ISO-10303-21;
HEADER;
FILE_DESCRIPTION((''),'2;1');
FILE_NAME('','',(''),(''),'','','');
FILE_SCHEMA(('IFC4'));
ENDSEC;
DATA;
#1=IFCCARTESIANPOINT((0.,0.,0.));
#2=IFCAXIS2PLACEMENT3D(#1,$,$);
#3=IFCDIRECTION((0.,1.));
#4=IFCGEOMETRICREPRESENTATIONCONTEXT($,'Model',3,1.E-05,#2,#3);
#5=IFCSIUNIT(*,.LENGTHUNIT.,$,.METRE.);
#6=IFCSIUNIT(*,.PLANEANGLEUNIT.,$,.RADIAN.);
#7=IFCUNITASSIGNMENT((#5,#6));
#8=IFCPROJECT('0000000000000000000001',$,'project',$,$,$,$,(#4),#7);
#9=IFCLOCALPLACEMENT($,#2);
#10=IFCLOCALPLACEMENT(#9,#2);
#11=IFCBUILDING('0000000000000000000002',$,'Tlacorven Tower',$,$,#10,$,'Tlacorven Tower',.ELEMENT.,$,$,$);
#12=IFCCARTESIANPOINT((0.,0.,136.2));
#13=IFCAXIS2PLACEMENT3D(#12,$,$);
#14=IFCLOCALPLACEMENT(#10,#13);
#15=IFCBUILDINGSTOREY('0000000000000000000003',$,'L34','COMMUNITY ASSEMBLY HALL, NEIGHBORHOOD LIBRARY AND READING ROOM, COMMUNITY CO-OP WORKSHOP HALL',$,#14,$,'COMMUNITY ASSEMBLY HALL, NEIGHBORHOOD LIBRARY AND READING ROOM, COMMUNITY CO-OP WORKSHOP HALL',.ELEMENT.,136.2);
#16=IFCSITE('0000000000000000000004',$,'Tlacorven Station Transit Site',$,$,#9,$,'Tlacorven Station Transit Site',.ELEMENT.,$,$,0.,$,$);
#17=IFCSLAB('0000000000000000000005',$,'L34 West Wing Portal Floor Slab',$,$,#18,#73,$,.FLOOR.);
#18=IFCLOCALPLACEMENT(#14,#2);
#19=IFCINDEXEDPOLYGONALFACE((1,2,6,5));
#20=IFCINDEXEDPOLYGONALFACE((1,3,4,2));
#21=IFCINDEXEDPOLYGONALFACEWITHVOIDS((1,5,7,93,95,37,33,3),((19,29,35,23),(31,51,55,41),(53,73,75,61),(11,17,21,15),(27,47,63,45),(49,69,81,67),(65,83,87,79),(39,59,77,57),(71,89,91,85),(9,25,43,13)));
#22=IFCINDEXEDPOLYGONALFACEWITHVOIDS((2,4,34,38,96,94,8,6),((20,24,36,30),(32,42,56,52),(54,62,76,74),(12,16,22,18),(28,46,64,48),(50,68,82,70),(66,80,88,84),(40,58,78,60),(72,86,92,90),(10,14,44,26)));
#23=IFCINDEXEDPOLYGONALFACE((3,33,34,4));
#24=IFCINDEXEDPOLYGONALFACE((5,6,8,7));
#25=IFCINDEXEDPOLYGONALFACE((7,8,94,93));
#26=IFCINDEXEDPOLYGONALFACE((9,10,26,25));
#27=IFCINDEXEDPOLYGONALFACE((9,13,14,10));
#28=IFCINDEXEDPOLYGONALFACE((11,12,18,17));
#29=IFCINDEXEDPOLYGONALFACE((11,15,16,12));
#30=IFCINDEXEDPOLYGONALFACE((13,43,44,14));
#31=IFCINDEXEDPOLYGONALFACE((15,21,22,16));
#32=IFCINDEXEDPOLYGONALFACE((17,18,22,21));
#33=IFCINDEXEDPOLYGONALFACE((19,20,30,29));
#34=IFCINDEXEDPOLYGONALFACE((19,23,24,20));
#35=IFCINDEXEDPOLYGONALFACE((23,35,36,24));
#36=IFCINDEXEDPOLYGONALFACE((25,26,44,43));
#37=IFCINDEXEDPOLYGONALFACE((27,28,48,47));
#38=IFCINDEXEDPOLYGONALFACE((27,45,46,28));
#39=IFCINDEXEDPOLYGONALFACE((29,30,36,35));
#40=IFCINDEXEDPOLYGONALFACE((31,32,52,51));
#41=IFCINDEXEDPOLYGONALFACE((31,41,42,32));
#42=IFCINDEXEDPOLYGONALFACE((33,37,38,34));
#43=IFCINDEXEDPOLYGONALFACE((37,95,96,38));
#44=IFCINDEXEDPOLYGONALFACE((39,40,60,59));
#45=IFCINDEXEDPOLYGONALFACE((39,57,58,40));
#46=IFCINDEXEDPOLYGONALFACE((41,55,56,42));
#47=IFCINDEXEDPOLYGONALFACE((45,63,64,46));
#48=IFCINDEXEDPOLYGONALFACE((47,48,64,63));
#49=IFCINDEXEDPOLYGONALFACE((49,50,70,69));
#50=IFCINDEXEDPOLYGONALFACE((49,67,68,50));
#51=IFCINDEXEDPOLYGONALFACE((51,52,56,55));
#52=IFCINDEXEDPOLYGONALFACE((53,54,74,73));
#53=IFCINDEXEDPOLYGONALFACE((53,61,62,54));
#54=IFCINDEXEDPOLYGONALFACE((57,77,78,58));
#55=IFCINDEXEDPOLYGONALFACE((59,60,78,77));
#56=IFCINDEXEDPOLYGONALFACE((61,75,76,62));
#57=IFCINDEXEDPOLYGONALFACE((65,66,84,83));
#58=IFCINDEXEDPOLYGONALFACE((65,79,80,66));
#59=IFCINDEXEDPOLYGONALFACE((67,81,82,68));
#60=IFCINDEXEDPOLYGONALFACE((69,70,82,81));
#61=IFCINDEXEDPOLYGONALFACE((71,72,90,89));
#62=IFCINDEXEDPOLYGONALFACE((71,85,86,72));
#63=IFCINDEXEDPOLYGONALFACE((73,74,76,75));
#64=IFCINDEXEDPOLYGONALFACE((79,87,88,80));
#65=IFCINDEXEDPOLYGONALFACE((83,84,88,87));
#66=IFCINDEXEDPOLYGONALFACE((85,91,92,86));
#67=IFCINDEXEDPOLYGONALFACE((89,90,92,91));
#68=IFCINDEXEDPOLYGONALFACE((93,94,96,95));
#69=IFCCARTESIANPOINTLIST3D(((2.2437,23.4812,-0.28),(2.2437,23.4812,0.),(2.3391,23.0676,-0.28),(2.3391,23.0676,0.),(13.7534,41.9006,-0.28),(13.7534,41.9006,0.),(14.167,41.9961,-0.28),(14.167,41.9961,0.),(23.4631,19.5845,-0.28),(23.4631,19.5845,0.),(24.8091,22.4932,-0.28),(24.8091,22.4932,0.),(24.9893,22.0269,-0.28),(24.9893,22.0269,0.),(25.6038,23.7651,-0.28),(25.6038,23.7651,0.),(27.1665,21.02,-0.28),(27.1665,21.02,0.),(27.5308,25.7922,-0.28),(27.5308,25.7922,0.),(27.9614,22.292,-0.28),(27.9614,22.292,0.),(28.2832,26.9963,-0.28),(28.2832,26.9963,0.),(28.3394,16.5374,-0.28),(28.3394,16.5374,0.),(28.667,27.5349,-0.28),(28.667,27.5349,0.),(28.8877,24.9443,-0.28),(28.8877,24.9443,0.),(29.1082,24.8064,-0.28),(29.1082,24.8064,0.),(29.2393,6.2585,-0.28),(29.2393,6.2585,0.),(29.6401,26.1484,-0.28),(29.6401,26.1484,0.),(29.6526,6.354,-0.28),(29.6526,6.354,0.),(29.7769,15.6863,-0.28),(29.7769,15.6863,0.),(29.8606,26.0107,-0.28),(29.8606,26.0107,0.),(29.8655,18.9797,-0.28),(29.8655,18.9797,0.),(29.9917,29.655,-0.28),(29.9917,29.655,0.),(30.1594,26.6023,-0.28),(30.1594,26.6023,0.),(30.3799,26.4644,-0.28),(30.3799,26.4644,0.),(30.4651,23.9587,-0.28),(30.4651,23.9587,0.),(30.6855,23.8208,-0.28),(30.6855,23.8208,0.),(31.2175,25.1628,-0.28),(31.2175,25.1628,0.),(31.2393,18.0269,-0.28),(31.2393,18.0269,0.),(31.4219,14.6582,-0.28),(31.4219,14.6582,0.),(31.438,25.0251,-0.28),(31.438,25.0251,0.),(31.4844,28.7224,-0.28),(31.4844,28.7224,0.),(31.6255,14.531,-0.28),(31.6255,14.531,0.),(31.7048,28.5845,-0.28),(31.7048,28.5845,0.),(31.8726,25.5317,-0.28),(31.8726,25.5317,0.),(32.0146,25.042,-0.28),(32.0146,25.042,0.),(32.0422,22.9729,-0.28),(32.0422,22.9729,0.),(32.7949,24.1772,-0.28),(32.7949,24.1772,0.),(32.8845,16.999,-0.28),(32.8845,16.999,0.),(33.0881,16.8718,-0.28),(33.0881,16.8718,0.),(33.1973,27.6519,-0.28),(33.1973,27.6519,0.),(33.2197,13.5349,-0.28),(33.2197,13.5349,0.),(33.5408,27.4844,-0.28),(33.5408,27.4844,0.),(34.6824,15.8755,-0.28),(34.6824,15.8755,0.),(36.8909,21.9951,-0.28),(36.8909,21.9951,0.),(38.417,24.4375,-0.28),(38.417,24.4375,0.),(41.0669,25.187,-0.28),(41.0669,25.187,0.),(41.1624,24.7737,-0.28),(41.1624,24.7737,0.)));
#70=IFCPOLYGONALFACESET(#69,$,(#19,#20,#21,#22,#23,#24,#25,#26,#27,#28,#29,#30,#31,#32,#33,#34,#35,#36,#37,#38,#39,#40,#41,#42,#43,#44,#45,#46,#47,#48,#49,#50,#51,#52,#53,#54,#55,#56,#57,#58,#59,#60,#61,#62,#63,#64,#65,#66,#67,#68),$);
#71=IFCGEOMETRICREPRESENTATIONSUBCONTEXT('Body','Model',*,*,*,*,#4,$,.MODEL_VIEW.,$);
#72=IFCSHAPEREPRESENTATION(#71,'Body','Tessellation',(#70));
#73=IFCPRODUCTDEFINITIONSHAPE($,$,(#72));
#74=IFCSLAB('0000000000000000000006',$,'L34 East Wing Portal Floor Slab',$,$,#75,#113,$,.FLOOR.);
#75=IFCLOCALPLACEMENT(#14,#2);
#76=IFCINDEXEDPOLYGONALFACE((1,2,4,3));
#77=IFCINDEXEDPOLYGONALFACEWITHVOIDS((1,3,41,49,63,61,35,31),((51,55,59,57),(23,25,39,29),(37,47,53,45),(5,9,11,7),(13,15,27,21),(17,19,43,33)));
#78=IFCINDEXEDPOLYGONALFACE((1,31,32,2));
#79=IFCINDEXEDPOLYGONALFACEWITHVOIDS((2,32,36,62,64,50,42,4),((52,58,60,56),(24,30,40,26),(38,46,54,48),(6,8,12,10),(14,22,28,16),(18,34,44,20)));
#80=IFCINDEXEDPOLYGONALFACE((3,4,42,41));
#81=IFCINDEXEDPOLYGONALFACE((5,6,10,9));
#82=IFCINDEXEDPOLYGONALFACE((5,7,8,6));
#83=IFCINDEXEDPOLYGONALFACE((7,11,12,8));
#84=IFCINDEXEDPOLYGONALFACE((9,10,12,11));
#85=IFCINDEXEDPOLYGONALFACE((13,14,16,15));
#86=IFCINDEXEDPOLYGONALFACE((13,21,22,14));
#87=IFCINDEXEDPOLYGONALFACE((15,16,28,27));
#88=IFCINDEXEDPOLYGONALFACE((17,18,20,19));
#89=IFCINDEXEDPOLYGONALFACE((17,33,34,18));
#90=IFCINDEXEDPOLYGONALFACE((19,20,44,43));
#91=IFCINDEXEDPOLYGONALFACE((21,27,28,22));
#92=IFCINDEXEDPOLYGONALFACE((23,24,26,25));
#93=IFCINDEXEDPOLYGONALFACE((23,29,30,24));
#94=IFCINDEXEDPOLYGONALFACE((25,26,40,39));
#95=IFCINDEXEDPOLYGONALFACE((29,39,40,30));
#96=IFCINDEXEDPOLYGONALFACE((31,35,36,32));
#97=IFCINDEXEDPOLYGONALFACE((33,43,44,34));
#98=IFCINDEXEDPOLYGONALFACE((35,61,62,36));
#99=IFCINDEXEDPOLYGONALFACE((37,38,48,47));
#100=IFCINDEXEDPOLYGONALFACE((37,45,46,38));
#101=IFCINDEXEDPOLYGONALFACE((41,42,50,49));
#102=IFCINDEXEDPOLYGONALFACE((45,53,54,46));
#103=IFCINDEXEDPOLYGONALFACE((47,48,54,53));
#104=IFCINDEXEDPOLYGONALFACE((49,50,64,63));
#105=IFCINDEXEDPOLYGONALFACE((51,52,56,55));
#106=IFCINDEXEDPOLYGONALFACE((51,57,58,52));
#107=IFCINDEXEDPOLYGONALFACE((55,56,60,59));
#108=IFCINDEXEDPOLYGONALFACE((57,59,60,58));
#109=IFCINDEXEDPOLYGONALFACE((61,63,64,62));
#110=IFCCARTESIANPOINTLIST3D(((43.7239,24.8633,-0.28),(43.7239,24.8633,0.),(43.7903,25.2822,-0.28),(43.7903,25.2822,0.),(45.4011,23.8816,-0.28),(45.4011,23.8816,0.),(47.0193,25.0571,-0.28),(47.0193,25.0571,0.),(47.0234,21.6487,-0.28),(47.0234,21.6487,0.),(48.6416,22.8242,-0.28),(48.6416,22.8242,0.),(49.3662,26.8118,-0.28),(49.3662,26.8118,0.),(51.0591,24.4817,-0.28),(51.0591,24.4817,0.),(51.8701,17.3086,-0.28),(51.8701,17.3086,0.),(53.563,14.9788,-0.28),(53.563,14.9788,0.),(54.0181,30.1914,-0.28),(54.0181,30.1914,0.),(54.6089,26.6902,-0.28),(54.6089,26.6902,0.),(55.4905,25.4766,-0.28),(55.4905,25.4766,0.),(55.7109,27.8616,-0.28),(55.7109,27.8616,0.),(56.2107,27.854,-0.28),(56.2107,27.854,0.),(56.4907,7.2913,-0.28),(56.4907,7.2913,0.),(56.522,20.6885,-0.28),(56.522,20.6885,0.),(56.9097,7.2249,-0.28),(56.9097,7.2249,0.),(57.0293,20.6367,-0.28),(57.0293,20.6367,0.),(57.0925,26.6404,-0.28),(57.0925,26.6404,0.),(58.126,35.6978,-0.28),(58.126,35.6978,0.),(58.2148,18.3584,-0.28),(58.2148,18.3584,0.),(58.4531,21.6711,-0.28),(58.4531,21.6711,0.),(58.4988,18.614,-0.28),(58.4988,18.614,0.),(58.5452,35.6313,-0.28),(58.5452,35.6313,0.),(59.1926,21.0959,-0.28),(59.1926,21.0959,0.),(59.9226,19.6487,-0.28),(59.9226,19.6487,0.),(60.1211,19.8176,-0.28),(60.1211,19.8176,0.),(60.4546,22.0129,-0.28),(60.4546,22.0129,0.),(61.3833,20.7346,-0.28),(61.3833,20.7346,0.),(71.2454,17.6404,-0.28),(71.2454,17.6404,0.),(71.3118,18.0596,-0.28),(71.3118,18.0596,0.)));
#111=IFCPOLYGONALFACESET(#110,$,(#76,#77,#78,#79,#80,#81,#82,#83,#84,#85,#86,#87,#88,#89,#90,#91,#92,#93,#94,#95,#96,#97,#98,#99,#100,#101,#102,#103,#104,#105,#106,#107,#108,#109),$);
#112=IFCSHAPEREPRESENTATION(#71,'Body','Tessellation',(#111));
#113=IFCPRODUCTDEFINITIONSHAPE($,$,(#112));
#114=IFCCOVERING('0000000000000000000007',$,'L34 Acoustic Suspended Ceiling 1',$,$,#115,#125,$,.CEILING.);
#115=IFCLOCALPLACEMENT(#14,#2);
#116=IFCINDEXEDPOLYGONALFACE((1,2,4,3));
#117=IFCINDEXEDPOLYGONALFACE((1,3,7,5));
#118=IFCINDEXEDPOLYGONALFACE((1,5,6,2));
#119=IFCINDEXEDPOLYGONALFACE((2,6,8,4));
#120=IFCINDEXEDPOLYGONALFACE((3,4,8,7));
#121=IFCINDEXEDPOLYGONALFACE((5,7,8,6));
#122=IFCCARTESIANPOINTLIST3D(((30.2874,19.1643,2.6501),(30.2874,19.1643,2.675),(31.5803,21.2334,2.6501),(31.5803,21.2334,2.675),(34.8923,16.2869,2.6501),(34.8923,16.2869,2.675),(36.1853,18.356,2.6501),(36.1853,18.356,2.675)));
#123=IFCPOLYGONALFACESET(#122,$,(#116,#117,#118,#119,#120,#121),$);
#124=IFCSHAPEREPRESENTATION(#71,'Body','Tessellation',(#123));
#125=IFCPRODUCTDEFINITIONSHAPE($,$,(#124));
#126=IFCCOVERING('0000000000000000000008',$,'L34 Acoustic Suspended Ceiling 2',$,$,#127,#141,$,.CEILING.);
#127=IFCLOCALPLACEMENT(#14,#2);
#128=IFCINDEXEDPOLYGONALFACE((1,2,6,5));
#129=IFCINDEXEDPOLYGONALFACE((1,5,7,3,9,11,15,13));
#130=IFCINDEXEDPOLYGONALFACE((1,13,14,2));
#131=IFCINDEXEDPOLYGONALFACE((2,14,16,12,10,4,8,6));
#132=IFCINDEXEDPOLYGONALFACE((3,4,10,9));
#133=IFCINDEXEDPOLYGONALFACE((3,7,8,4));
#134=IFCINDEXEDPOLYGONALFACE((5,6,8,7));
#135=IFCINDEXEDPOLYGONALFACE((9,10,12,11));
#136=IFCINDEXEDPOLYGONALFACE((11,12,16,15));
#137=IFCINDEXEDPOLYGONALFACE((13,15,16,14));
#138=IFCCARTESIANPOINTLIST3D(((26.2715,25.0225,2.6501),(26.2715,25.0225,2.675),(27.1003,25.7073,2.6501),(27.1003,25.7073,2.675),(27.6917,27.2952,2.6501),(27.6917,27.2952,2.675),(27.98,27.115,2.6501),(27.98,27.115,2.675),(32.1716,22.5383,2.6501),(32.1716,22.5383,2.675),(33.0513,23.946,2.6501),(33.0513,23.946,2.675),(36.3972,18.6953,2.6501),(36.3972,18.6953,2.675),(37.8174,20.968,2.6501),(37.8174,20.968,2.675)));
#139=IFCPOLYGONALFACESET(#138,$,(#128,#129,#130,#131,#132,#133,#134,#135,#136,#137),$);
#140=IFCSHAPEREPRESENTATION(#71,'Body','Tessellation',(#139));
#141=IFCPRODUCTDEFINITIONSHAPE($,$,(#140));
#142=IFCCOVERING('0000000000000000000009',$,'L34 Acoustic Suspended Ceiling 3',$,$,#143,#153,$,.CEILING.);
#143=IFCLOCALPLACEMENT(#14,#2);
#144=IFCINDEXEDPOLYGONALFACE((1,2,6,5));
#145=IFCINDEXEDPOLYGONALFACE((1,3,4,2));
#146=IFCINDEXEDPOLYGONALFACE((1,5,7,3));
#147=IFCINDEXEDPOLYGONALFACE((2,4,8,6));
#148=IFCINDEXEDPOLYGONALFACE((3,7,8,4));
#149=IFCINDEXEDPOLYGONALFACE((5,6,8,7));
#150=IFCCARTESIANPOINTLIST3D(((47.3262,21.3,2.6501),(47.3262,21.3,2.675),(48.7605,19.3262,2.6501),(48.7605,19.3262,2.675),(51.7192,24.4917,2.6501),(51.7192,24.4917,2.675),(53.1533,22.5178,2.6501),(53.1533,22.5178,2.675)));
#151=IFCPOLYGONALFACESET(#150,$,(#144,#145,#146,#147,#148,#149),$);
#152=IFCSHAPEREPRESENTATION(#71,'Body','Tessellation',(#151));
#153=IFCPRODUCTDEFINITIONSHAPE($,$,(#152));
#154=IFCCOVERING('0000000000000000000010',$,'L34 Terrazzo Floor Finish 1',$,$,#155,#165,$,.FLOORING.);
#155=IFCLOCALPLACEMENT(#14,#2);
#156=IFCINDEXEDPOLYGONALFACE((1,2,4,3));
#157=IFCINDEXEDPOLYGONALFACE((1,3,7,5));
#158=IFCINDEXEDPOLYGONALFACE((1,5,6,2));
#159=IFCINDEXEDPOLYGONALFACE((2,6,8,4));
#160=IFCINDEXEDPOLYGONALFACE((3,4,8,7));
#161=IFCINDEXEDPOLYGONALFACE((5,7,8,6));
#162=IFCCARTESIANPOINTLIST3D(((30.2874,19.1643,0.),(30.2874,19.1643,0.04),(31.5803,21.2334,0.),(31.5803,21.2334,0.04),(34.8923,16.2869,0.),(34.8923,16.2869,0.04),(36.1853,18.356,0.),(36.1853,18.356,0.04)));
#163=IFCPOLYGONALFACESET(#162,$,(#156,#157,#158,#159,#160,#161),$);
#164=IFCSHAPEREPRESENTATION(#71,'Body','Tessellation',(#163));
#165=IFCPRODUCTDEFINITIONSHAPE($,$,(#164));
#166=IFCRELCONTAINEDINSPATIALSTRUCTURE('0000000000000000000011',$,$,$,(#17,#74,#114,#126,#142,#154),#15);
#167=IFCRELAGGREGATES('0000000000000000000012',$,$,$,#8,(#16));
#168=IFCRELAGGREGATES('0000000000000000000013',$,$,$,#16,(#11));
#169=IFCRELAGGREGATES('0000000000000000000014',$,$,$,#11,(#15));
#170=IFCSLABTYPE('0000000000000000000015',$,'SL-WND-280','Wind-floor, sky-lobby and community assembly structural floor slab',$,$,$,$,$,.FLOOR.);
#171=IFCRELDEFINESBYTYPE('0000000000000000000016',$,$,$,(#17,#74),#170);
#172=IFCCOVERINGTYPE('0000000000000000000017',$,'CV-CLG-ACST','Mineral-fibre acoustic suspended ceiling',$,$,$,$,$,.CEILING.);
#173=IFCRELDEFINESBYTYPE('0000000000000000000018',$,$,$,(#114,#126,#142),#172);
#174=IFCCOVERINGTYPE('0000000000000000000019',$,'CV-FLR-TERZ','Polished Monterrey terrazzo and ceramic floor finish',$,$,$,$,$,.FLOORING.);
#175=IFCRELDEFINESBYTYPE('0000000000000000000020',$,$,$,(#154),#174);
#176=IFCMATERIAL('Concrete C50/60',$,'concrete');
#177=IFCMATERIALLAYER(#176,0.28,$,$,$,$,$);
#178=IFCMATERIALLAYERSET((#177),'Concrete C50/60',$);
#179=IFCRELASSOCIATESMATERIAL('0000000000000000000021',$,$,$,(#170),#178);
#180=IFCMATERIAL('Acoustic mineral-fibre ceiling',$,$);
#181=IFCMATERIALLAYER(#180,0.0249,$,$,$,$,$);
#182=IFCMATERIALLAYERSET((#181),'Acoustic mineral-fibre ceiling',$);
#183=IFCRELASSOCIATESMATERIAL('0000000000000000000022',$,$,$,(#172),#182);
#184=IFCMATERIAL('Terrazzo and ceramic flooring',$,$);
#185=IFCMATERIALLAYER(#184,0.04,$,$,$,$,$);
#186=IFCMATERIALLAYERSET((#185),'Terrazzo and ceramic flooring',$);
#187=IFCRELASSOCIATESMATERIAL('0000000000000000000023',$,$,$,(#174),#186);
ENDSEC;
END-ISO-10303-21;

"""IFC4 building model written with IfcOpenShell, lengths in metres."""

from ifc_helpers import new_model, si_unit, direction, frame, origin, place, context, subcontext, project, spatial, polyline, outline, extrude, material, layer, layer_set, type_object, element, save


model = new_model("IFC4")

# Units and contexts
model_context = context("Model", 3, precision=1e-05, world=origin(), true_north=direction((0.0, 1.0)))
body_context = subcontext(model_context, "Body", "Model", "MODEL_VIEW")
ifc_project = project(units=[si_unit("LENGTHUNIT", "METRE"), si_unit("PLANEANGLEUNIT", "RADIAN")], contexts=[model_context])

# Site, building, storey
site_placement = place(None, origin())
site = spatial("IfcSite", under=ifc_project, at=site_placement, Name="Tlacorven Station Transit Site", LongName="Tlacorven Station Transit Site", CompositionType="ELEMENT", RefElevation=0.0)
building_placement = place(site_placement, origin())
building = spatial("IfcBuilding", under=site, at=building_placement, Name="Tlacorven Tower", LongName="Tlacorven Tower", CompositionType="ELEMENT")
storey_placement = place(building_placement, frame((0.0, 0.0, 136.2)))
storey = spatial("IfcBuildingStorey", under=building, at=storey_placement, Name="L34", Description="COMMUNITY ASSEMBLY HALL, NEIGHBORHOOD LIBRARY AND READING ROOM, COMMUNITY CO-OP WORKSHOP HALL", LongName="COMMUNITY ASSEMBLY HALL, NEIGHBORHOOD LIBRARY AND READING ROOM, COMMUNITY CO-OP WORKSHOP HALL", CompositionType="ELEMENT", Elevation=136.2)

# Slabs
ifc_material_1 = material(Name="Concrete C50/60", Category="concrete")
ifc_layer_1 = layer(ifc_material_1, 0.28)
ifc_layer_set_1 = layer_set([ifc_layer_1], Name="Concrete C50/60")
slab_type_1 = type_object("IfcSlabType", Name="SL-WND-280", Description="Wind-floor, sky-lobby and community assembly structural floor slab", PredefinedType="FLOOR", material=ifc_layer_set_1)
slab_1_placement = place(storey_placement, frame((0.0, 0.0, -0.28)))
element("IfcSlab", 1, at=slab_1_placement, inside=storey, type_object=slab_type_1, Name="L34 West Wing Portal Floor Slab", PredefinedType="FLOOR", context=body_context, shape_type="SweptSolid", body=[
    extrude(outline(polyline([(41.0669, 25.187), (14.167, 41.9961), (13.7534, 41.9006), (2.2437, 23.4812), (2.3391, 23.0676), (29.2393, 6.2585), (29.6526, 6.354), (41.1624, 24.7737), (41.0669, 25.187)]), holes=[polyline([(29.8655, 18.9797), (24.9893, 22.0269), (23.4631, 19.5845), (28.3394, 16.5374), (29.8655, 18.9797)]), polyline([(38.417, 24.4375), (33.5408, 27.4844), (32.0146, 25.042), (36.8909, 21.9951), (38.417, 24.4375)]), polyline([(34.6824, 15.8755), (33.0881, 16.8718), (31.6255, 14.531), (33.2197, 13.5349), (34.6824, 15.8755)]), polyline([(32.8845, 16.999), (31.2393, 18.0269), (29.7769, 15.6863), (31.4219, 14.6582), (32.8845, 16.999)]), polyline([(33.1973, 27.6519), (31.7048, 28.5845), (30.3799, 26.4644), (31.8726, 25.5317), (33.1973, 27.6519)]), polyline([(31.4844, 28.7224), (29.9917, 29.655), (28.667, 27.5349), (30.1594, 26.6023), (31.4844, 28.7224)]), polyline([(32.7949, 24.1772), (31.438, 25.0251), (30.6855, 23.8208), (32.0422, 22.9729), (32.7949, 24.1772)]), polyline([(31.2175, 25.1628), (29.8606, 26.0107), (29.1082, 24.8064), (30.4651, 23.9587), (31.2175, 25.1628)]), polyline([(29.6401, 26.1484), (28.2832, 26.9963), (27.5308, 25.7922), (28.8877, 24.9443), (29.6401, 26.1484)]), polyline([(27.9614, 22.292), (25.6038, 23.7651), (24.8091, 22.4932), (27.1665, 21.02), (27.9614, 22.292)])]), origin(), (0.0, 0.0, 1.0), 0.28),
])
slab_2_placement = place(storey_placement, frame((0.0, 0.0, -0.28)))
element("IfcSlab", 2, at=slab_2_placement, inside=storey, type_object=slab_type_1, Name="L34 East Wing Portal Floor Slab", PredefinedType="FLOOR", context=body_context, shape_type="SweptSolid", body=[
    extrude(outline(polyline([(56.9097, 7.2249), (71.2454, 17.6404), (71.3118, 18.0596), (58.5452, 35.6313), (58.126, 35.6978), (43.7903, 25.2822), (43.7239, 24.8633), (56.4907, 7.2913), (56.9097, 7.2249)]), holes=[polyline([(51.0591, 24.4817), (55.7109, 27.8616), (54.0181, 30.1914), (49.3662, 26.8118), (51.0591, 24.4817)]), polyline([(53.563, 14.9788), (58.2148, 18.3584), (56.522, 20.6885), (51.8701, 17.3086), (53.563, 14.9788)]), polyline([(47.0234, 21.6487), (48.6416, 22.8242), (47.0193, 25.0571), (45.4011, 23.8816), (47.0234, 21.6487)]), polyline([(58.4988, 18.614), (59.9226, 19.6487), (58.4531, 21.6711), (57.0293, 20.6367), (58.4988, 18.614)]), polyline([(55.4905, 25.4766), (57.0925, 26.6404), (56.2107, 27.854), (54.6089, 26.6902), (55.4905, 25.4766)]), polyline([(60.1211, 19.8176), (61.3833, 20.7346), (60.4546, 22.0129), (59.1926, 21.0959), (60.1211, 19.8176)])]), origin(), (0.0, 0.0, 1.0), 0.28),
])

# Coverings
ifc_material_2 = material(Name="Acoustic mineral-fibre ceiling")
ifc_layer_2 = layer(ifc_material_2, 0.0249)
ifc_layer_set_2 = layer_set([ifc_layer_2], Name="Acoustic mineral-fibre ceiling")
covering_type_1 = type_object("IfcCoveringType", Name="CV-CLG-ACST", Description="Mineral-fibre acoustic suspended ceiling", PredefinedType="CEILING", material=ifc_layer_set_2)
covering_1_placement = place(storey_placement, frame((0.0, 0.0, 2.6501)))
element("IfcCovering", 3, at=covering_1_placement, inside=storey, type_object=covering_type_1, Name="L34 Acoustic Suspended Ceiling 1", PredefinedType="CEILING", context=body_context, shape_type="SweptSolid", body=[
    extrude(outline(polyline([(36.1853, 18.356), (34.8923, 16.2869), (30.2874, 19.1643), (31.5803, 21.2334), (36.1853, 18.356)])), origin(), (0.0, 0.0, 1.0), 0.0249),
])
covering_2_placement = place(storey_placement, frame((0.0, 0.0, 2.6501)))
element("IfcCovering", 4, at=covering_2_placement, inside=storey, type_object=covering_type_1, Name="L34 Acoustic Suspended Ceiling 2", PredefinedType="CEILING", context=body_context, shape_type="SweptSolid", body=[
    extrude(outline(polyline([(37.8174, 20.968), (36.3972, 18.6953), (26.2715, 25.0225), (27.6917, 27.2952), (27.98, 27.115), (27.1003, 25.7073), (32.1716, 22.5383), (33.0513, 23.946), (37.8174, 20.968)])), origin(), (0.0, 0.0, 1.0), 0.0249),
])
covering_3_placement = place(storey_placement, frame((0.0, 0.0, 2.6501)))
element("IfcCovering", 5, at=covering_3_placement, inside=storey, type_object=covering_type_1, Name="L34 Acoustic Suspended Ceiling 3", PredefinedType="CEILING", context=body_context, shape_type="SweptSolid", body=[
    extrude(outline(polyline([(48.7605, 19.3262), (47.3262, 21.3), (51.7192, 24.4917), (53.1533, 22.5178), (48.7605, 19.3262)])), origin(), (0.0, 0.0, 1.0), 0.0249),
])
ifc_material_3 = material(Name="Terrazzo and ceramic flooring")
ifc_layer_3 = layer(ifc_material_3, 0.04)
ifc_layer_set_3 = layer_set([ifc_layer_3], Name="Terrazzo and ceramic flooring")
covering_type_2 = type_object("IfcCoveringType", Name="CV-FLR-TERZ", Description="Polished Monterrey terrazzo and ceramic floor finish", PredefinedType="FLOORING", material=ifc_layer_set_3)
covering_4_placement = place(storey_placement, origin())
element("IfcCovering", 6, at=covering_4_placement, inside=storey, type_object=covering_type_2, Name="L34 Terrazzo Floor Finish 1", PredefinedType="FLOORING", context=body_context, shape_type="SweptSolid", body=[
    extrude(outline(polyline([(36.1853, 18.356), (34.8923, 16.2869), (30.2874, 19.1643), (31.5803, 21.2334), (36.1853, 18.356)])), origin(), (0.0, 0.0, 1.0), 0.04),
])

save(model, "model.ifc")
